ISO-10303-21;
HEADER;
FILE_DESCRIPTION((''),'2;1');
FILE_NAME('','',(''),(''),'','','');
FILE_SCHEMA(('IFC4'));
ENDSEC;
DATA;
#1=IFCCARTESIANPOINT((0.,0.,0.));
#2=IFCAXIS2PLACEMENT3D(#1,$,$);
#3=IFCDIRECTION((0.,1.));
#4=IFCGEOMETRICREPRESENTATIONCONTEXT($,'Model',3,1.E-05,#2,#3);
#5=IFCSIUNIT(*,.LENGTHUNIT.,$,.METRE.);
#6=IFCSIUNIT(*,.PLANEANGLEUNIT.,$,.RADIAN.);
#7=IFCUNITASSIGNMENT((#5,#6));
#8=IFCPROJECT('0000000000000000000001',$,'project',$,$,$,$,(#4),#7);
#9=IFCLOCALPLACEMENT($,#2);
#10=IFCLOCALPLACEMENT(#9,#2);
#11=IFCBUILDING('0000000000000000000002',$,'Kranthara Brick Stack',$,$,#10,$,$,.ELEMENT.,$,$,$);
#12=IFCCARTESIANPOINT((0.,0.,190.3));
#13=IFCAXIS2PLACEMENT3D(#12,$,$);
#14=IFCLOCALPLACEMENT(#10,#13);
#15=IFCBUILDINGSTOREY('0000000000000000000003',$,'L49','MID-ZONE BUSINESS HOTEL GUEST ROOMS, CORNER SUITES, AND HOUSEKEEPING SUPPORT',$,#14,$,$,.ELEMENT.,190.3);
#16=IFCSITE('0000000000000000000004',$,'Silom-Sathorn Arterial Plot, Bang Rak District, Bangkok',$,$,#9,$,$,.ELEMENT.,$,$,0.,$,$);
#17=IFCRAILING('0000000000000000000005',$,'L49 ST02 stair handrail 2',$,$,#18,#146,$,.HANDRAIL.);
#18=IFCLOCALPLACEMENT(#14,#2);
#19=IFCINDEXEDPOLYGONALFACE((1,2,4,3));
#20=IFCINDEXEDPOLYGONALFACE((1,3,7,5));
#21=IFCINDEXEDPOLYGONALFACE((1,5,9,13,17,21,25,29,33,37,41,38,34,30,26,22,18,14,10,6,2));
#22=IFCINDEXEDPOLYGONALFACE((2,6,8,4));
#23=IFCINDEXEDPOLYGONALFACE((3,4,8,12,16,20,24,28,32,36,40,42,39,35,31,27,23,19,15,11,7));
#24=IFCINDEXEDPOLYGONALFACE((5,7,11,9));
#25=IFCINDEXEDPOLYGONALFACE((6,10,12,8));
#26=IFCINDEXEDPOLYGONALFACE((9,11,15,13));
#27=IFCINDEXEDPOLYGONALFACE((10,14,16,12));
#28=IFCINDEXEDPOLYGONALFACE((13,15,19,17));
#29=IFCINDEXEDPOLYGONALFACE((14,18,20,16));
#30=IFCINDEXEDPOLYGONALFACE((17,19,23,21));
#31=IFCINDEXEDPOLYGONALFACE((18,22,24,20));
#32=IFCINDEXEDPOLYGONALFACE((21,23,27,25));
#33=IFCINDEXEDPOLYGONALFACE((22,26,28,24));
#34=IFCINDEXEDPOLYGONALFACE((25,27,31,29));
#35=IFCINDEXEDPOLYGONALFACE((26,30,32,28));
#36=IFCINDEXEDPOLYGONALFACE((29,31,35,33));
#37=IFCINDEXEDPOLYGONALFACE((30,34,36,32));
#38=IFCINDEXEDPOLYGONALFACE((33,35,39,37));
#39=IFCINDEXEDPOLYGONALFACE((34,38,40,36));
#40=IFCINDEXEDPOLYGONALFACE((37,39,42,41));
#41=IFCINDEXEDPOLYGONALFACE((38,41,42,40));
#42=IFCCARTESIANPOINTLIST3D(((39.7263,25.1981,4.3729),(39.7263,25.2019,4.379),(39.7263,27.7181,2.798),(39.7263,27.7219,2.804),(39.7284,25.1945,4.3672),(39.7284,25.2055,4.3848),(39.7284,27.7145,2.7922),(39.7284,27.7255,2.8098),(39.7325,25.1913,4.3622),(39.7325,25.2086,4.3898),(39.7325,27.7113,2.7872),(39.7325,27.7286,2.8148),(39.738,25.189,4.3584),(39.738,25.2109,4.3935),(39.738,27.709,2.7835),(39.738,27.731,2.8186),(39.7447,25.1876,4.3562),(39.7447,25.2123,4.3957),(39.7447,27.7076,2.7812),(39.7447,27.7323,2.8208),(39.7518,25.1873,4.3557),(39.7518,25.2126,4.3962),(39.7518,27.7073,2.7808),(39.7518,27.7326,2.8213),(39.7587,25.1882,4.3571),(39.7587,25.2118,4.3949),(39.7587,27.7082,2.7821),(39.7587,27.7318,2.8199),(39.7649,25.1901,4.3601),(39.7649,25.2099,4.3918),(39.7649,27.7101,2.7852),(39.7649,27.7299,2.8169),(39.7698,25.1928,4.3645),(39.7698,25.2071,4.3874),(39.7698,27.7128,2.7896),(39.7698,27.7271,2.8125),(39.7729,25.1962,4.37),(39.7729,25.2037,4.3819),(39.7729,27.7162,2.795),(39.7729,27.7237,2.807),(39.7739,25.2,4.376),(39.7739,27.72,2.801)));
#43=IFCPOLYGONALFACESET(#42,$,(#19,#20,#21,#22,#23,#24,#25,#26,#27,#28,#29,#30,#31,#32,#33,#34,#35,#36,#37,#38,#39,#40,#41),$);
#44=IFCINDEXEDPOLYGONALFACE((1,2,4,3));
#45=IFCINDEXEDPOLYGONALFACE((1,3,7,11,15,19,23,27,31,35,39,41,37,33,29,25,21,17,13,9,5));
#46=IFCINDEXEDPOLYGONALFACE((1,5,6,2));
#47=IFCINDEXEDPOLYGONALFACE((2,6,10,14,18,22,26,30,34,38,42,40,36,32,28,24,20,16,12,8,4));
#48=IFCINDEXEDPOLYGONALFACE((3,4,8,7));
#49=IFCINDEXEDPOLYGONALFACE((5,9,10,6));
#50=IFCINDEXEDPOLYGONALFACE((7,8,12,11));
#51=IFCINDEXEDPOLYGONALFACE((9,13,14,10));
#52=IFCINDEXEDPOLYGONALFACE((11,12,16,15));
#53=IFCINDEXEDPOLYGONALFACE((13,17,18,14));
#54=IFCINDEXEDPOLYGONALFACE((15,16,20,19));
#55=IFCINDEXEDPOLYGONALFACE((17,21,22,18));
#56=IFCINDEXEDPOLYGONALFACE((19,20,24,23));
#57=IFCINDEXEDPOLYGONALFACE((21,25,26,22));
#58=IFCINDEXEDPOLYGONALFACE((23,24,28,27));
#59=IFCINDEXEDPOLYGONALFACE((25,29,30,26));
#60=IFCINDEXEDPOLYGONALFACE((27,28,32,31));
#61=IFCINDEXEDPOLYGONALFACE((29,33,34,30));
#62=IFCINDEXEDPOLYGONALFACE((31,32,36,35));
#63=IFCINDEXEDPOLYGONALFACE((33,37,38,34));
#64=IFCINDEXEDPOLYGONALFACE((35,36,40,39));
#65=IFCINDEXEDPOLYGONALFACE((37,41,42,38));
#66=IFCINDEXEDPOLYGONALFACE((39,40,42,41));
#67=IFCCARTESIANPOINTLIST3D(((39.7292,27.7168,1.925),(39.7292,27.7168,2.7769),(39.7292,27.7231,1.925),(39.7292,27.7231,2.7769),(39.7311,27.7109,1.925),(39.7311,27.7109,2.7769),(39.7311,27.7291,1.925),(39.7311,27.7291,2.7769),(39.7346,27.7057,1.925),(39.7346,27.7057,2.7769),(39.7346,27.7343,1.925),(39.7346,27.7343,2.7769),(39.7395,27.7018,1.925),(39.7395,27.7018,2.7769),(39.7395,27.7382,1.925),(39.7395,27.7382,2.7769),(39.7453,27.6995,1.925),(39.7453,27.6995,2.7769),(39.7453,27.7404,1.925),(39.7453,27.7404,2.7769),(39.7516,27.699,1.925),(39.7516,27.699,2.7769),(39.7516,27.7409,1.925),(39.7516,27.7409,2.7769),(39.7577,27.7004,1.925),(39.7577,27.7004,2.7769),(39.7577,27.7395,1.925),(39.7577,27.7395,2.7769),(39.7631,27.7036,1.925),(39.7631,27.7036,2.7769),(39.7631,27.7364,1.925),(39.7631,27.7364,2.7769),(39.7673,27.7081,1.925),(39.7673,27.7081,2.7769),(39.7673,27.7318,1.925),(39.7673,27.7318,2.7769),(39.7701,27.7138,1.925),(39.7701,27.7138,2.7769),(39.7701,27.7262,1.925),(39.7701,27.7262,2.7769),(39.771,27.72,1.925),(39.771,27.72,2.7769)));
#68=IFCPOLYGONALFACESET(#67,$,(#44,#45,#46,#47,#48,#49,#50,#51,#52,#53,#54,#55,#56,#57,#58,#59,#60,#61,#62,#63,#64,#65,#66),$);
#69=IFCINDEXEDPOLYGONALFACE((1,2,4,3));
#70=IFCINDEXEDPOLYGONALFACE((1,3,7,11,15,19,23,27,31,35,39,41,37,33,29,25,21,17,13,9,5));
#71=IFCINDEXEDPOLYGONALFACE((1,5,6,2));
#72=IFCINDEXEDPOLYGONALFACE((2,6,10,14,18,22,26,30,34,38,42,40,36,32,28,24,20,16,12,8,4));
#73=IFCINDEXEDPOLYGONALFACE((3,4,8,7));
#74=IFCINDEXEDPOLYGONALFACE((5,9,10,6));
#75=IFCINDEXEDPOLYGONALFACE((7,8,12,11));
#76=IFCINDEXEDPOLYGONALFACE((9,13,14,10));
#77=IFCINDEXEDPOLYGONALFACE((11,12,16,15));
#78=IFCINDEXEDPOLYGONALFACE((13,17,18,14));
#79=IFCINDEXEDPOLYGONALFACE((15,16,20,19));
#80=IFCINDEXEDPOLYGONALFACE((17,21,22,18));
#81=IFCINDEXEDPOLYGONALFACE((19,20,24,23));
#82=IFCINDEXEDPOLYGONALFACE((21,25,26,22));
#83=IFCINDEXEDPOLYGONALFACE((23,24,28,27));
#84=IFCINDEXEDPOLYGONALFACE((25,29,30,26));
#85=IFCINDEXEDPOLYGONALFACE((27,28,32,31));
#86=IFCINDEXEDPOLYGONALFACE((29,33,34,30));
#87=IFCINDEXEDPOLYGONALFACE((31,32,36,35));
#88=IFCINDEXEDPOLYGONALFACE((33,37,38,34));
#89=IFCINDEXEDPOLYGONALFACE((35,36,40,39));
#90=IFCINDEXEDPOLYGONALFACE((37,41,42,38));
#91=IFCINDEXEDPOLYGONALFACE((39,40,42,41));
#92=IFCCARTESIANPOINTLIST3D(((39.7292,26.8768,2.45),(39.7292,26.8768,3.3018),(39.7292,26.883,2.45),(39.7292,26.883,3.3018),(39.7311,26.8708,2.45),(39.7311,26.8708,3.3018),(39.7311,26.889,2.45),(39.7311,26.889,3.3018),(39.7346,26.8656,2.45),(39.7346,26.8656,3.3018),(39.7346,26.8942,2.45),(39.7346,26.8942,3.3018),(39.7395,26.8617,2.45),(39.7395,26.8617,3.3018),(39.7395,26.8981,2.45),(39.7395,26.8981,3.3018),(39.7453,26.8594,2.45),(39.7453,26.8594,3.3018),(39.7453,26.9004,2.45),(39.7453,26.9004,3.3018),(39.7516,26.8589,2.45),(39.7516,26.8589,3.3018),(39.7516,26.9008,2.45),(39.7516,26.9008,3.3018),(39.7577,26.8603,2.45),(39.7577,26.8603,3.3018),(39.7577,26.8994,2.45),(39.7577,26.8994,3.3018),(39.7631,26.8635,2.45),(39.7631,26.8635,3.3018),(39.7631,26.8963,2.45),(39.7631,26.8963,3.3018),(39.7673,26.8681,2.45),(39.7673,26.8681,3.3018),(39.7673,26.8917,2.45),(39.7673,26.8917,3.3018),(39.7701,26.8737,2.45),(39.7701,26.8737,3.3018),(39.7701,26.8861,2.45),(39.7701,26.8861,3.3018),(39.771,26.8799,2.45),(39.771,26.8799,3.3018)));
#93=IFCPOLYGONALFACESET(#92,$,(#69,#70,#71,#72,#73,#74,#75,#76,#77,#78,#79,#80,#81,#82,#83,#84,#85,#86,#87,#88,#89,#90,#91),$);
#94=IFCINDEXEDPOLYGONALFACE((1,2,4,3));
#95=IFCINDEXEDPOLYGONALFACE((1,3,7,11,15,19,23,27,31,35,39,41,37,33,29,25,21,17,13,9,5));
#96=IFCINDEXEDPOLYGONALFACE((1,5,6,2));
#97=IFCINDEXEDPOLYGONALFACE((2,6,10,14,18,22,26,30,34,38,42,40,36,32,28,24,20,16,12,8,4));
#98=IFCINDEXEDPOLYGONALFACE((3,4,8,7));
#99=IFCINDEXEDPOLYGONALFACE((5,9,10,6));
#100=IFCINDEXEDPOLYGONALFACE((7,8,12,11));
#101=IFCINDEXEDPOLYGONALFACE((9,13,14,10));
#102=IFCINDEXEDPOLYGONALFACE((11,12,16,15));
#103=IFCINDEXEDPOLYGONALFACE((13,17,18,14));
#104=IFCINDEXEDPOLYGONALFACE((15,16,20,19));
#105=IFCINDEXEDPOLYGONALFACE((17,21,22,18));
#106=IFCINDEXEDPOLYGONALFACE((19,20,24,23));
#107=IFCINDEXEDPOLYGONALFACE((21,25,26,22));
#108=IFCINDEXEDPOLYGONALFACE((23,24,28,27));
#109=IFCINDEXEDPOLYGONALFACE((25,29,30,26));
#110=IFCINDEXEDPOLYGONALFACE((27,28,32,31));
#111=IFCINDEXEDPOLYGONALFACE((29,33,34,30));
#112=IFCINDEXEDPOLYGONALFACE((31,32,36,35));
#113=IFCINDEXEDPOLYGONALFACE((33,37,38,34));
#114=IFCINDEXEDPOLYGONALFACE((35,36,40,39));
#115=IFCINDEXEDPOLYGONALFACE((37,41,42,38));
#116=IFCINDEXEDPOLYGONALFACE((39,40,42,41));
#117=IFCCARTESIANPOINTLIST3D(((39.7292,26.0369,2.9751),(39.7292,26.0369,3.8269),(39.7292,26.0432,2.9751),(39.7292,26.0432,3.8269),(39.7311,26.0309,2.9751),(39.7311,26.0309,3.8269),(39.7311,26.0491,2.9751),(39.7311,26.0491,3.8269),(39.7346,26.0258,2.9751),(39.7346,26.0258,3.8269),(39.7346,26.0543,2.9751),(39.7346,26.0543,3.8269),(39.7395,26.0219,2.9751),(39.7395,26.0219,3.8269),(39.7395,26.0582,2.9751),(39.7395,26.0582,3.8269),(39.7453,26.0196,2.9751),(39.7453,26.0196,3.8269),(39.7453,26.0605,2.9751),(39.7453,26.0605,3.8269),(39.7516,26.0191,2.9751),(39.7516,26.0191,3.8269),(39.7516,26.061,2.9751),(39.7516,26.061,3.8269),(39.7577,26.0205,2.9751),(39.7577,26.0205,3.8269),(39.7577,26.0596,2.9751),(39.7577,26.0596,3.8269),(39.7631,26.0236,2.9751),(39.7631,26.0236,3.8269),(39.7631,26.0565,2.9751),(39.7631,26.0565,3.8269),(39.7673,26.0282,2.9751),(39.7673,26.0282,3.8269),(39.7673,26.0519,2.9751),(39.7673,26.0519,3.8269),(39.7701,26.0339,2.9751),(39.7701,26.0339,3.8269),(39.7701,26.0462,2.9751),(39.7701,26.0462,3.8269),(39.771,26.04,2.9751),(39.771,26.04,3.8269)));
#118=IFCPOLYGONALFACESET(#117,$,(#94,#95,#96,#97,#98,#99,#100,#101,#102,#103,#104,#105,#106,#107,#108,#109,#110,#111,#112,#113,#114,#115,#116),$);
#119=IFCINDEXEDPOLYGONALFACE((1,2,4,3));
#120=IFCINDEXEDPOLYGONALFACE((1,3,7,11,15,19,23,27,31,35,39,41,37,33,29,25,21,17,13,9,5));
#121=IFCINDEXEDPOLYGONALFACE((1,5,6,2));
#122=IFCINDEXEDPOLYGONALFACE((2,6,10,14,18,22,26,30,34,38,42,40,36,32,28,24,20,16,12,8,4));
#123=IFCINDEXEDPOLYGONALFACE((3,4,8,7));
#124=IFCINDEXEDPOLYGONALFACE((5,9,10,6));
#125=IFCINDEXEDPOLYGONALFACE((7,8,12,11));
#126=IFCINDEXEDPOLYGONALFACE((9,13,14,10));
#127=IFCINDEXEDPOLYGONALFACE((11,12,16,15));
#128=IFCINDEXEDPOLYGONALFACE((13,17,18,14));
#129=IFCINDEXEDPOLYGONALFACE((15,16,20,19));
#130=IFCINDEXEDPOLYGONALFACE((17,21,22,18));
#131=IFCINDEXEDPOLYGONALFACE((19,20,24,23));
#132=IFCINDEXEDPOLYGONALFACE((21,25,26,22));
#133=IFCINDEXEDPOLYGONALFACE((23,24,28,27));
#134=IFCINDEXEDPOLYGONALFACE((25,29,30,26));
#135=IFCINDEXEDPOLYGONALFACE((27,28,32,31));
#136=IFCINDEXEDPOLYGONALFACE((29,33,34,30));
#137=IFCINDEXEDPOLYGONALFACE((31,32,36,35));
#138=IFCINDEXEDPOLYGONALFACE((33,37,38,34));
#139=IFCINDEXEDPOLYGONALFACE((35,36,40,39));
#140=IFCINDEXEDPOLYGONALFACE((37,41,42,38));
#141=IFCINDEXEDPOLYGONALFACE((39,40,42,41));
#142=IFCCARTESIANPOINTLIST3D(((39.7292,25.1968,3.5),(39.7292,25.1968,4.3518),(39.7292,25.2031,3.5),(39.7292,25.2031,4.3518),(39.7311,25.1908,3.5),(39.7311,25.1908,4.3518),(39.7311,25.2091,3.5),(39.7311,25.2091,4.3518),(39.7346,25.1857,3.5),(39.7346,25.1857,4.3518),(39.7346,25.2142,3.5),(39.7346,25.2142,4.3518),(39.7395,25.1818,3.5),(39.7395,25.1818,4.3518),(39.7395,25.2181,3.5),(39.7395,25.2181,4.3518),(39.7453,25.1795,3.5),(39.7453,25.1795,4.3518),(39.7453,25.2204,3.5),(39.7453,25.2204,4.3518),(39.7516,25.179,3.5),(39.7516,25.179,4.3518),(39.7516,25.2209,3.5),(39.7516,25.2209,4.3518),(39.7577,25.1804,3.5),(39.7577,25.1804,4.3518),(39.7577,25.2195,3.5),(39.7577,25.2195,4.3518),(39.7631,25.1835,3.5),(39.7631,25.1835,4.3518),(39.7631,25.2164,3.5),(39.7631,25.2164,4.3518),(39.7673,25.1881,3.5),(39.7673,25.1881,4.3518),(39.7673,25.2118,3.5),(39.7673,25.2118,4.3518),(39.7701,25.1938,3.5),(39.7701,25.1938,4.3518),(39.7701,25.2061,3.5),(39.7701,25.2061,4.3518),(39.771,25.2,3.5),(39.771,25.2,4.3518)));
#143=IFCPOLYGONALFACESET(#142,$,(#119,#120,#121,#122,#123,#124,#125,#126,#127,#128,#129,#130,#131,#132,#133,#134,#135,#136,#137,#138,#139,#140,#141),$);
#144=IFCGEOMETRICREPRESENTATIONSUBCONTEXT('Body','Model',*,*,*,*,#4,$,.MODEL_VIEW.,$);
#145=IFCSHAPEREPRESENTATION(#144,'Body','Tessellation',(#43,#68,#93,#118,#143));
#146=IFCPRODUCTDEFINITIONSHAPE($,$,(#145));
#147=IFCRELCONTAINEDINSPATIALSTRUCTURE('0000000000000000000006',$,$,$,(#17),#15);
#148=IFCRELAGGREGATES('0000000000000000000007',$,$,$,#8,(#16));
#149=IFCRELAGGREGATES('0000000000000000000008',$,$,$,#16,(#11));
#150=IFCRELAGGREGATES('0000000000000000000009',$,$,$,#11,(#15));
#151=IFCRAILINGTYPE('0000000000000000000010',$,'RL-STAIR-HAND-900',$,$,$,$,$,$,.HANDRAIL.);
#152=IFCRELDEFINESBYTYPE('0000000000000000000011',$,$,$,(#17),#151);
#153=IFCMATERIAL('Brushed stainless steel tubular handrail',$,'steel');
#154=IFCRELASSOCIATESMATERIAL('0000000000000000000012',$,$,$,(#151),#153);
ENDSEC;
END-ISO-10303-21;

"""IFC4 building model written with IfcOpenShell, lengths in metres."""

from ifc_helpers import new_model, si_unit, direction, frame, origin, origin_2d, place, context, subcontext, project, spatial, circle, extrude, material, type_object, element, save


model = new_model("IFC4")

# Units and contexts
model_context = context("Model", 3, precision=1e-05, world=origin(), true_north=direction((0.0, 1.0)))
body_context = subcontext(model_context, "Body", "Model", "MODEL_VIEW")
ifc_project = project(units=[si_unit("LENGTHUNIT", "METRE"), si_unit("PLANEANGLEUNIT", "RADIAN")], contexts=[model_context])

# Site, building, storey
site_placement = place(None, origin())
site = spatial("IfcSite", under=ifc_project, at=site_placement, Name="Silom-Sathorn Arterial Plot, Bang Rak District, Bangkok", CompositionType="ELEMENT", RefElevation=0.0)
building_placement = place(site_placement, origin())
building = spatial("IfcBuilding", under=site, at=building_placement, Name="Kranthara Brick Stack", CompositionType="ELEMENT")
storey_placement = place(building_placement, frame((0.0, 0.0, 190.3)))
storey = spatial("IfcBuildingStorey", under=building, at=storey_placement, Name="L49", Description="MID-ZONE BUSINESS HOTEL GUEST ROOMS, CORNER SUITES, AND HOUSEKEEPING SUPPORT", CompositionType="ELEMENT", Elevation=190.3)

# Railing
ifc_material_1 = material(Name="Brushed stainless steel tubular handrail", Category="steel")
railing_type_1 = type_object("IfcRailingType", Name="RL-STAIR-HAND-900", PredefinedType="HANDRAIL", material=ifc_material_1)
railing_1_placement = place(storey_placement, frame((39.75, 27.72, 1.925)))
element("IfcRailing", 1, at=railing_1_placement, inside=storey, type_object=railing_type_1, Name="L49 ST02 stair handrail 2", PredefinedType="HANDRAIL", context=body_context, shape_type="SweptSolid", body=[
    extrude(circle(Radius=0.0239, at=origin_2d()), frame((0.0, 0.0, 0.876), z_axis=(0.0, -0.848008, 0.529984), x_axis=(1.0, 0.0, 0.0)), (0.0, 0.0, 1.0), 2.9717),
    extrude(circle(Radius=0.021, at=origin_2d()), origin(), (0.0, 0.0, 1.0), 0.8518),
    extrude(circle(Radius=0.021, at=origin_2d()), frame((0.0, -0.8401, 0.5249)), (0.0, 0.0, 1.0), 0.8518),
    extrude(circle(Radius=0.021, at=origin_2d()), frame((0.0, -1.6799, 1.05)), (0.0, 0.0, 1.0), 0.8518),
    extrude(circle(Radius=0.021, at=origin_2d()), frame((0.0, -2.52, 1.575)), (0.0, 0.0, 1.0), 0.8518),
])

save(model, "model.ifc")
